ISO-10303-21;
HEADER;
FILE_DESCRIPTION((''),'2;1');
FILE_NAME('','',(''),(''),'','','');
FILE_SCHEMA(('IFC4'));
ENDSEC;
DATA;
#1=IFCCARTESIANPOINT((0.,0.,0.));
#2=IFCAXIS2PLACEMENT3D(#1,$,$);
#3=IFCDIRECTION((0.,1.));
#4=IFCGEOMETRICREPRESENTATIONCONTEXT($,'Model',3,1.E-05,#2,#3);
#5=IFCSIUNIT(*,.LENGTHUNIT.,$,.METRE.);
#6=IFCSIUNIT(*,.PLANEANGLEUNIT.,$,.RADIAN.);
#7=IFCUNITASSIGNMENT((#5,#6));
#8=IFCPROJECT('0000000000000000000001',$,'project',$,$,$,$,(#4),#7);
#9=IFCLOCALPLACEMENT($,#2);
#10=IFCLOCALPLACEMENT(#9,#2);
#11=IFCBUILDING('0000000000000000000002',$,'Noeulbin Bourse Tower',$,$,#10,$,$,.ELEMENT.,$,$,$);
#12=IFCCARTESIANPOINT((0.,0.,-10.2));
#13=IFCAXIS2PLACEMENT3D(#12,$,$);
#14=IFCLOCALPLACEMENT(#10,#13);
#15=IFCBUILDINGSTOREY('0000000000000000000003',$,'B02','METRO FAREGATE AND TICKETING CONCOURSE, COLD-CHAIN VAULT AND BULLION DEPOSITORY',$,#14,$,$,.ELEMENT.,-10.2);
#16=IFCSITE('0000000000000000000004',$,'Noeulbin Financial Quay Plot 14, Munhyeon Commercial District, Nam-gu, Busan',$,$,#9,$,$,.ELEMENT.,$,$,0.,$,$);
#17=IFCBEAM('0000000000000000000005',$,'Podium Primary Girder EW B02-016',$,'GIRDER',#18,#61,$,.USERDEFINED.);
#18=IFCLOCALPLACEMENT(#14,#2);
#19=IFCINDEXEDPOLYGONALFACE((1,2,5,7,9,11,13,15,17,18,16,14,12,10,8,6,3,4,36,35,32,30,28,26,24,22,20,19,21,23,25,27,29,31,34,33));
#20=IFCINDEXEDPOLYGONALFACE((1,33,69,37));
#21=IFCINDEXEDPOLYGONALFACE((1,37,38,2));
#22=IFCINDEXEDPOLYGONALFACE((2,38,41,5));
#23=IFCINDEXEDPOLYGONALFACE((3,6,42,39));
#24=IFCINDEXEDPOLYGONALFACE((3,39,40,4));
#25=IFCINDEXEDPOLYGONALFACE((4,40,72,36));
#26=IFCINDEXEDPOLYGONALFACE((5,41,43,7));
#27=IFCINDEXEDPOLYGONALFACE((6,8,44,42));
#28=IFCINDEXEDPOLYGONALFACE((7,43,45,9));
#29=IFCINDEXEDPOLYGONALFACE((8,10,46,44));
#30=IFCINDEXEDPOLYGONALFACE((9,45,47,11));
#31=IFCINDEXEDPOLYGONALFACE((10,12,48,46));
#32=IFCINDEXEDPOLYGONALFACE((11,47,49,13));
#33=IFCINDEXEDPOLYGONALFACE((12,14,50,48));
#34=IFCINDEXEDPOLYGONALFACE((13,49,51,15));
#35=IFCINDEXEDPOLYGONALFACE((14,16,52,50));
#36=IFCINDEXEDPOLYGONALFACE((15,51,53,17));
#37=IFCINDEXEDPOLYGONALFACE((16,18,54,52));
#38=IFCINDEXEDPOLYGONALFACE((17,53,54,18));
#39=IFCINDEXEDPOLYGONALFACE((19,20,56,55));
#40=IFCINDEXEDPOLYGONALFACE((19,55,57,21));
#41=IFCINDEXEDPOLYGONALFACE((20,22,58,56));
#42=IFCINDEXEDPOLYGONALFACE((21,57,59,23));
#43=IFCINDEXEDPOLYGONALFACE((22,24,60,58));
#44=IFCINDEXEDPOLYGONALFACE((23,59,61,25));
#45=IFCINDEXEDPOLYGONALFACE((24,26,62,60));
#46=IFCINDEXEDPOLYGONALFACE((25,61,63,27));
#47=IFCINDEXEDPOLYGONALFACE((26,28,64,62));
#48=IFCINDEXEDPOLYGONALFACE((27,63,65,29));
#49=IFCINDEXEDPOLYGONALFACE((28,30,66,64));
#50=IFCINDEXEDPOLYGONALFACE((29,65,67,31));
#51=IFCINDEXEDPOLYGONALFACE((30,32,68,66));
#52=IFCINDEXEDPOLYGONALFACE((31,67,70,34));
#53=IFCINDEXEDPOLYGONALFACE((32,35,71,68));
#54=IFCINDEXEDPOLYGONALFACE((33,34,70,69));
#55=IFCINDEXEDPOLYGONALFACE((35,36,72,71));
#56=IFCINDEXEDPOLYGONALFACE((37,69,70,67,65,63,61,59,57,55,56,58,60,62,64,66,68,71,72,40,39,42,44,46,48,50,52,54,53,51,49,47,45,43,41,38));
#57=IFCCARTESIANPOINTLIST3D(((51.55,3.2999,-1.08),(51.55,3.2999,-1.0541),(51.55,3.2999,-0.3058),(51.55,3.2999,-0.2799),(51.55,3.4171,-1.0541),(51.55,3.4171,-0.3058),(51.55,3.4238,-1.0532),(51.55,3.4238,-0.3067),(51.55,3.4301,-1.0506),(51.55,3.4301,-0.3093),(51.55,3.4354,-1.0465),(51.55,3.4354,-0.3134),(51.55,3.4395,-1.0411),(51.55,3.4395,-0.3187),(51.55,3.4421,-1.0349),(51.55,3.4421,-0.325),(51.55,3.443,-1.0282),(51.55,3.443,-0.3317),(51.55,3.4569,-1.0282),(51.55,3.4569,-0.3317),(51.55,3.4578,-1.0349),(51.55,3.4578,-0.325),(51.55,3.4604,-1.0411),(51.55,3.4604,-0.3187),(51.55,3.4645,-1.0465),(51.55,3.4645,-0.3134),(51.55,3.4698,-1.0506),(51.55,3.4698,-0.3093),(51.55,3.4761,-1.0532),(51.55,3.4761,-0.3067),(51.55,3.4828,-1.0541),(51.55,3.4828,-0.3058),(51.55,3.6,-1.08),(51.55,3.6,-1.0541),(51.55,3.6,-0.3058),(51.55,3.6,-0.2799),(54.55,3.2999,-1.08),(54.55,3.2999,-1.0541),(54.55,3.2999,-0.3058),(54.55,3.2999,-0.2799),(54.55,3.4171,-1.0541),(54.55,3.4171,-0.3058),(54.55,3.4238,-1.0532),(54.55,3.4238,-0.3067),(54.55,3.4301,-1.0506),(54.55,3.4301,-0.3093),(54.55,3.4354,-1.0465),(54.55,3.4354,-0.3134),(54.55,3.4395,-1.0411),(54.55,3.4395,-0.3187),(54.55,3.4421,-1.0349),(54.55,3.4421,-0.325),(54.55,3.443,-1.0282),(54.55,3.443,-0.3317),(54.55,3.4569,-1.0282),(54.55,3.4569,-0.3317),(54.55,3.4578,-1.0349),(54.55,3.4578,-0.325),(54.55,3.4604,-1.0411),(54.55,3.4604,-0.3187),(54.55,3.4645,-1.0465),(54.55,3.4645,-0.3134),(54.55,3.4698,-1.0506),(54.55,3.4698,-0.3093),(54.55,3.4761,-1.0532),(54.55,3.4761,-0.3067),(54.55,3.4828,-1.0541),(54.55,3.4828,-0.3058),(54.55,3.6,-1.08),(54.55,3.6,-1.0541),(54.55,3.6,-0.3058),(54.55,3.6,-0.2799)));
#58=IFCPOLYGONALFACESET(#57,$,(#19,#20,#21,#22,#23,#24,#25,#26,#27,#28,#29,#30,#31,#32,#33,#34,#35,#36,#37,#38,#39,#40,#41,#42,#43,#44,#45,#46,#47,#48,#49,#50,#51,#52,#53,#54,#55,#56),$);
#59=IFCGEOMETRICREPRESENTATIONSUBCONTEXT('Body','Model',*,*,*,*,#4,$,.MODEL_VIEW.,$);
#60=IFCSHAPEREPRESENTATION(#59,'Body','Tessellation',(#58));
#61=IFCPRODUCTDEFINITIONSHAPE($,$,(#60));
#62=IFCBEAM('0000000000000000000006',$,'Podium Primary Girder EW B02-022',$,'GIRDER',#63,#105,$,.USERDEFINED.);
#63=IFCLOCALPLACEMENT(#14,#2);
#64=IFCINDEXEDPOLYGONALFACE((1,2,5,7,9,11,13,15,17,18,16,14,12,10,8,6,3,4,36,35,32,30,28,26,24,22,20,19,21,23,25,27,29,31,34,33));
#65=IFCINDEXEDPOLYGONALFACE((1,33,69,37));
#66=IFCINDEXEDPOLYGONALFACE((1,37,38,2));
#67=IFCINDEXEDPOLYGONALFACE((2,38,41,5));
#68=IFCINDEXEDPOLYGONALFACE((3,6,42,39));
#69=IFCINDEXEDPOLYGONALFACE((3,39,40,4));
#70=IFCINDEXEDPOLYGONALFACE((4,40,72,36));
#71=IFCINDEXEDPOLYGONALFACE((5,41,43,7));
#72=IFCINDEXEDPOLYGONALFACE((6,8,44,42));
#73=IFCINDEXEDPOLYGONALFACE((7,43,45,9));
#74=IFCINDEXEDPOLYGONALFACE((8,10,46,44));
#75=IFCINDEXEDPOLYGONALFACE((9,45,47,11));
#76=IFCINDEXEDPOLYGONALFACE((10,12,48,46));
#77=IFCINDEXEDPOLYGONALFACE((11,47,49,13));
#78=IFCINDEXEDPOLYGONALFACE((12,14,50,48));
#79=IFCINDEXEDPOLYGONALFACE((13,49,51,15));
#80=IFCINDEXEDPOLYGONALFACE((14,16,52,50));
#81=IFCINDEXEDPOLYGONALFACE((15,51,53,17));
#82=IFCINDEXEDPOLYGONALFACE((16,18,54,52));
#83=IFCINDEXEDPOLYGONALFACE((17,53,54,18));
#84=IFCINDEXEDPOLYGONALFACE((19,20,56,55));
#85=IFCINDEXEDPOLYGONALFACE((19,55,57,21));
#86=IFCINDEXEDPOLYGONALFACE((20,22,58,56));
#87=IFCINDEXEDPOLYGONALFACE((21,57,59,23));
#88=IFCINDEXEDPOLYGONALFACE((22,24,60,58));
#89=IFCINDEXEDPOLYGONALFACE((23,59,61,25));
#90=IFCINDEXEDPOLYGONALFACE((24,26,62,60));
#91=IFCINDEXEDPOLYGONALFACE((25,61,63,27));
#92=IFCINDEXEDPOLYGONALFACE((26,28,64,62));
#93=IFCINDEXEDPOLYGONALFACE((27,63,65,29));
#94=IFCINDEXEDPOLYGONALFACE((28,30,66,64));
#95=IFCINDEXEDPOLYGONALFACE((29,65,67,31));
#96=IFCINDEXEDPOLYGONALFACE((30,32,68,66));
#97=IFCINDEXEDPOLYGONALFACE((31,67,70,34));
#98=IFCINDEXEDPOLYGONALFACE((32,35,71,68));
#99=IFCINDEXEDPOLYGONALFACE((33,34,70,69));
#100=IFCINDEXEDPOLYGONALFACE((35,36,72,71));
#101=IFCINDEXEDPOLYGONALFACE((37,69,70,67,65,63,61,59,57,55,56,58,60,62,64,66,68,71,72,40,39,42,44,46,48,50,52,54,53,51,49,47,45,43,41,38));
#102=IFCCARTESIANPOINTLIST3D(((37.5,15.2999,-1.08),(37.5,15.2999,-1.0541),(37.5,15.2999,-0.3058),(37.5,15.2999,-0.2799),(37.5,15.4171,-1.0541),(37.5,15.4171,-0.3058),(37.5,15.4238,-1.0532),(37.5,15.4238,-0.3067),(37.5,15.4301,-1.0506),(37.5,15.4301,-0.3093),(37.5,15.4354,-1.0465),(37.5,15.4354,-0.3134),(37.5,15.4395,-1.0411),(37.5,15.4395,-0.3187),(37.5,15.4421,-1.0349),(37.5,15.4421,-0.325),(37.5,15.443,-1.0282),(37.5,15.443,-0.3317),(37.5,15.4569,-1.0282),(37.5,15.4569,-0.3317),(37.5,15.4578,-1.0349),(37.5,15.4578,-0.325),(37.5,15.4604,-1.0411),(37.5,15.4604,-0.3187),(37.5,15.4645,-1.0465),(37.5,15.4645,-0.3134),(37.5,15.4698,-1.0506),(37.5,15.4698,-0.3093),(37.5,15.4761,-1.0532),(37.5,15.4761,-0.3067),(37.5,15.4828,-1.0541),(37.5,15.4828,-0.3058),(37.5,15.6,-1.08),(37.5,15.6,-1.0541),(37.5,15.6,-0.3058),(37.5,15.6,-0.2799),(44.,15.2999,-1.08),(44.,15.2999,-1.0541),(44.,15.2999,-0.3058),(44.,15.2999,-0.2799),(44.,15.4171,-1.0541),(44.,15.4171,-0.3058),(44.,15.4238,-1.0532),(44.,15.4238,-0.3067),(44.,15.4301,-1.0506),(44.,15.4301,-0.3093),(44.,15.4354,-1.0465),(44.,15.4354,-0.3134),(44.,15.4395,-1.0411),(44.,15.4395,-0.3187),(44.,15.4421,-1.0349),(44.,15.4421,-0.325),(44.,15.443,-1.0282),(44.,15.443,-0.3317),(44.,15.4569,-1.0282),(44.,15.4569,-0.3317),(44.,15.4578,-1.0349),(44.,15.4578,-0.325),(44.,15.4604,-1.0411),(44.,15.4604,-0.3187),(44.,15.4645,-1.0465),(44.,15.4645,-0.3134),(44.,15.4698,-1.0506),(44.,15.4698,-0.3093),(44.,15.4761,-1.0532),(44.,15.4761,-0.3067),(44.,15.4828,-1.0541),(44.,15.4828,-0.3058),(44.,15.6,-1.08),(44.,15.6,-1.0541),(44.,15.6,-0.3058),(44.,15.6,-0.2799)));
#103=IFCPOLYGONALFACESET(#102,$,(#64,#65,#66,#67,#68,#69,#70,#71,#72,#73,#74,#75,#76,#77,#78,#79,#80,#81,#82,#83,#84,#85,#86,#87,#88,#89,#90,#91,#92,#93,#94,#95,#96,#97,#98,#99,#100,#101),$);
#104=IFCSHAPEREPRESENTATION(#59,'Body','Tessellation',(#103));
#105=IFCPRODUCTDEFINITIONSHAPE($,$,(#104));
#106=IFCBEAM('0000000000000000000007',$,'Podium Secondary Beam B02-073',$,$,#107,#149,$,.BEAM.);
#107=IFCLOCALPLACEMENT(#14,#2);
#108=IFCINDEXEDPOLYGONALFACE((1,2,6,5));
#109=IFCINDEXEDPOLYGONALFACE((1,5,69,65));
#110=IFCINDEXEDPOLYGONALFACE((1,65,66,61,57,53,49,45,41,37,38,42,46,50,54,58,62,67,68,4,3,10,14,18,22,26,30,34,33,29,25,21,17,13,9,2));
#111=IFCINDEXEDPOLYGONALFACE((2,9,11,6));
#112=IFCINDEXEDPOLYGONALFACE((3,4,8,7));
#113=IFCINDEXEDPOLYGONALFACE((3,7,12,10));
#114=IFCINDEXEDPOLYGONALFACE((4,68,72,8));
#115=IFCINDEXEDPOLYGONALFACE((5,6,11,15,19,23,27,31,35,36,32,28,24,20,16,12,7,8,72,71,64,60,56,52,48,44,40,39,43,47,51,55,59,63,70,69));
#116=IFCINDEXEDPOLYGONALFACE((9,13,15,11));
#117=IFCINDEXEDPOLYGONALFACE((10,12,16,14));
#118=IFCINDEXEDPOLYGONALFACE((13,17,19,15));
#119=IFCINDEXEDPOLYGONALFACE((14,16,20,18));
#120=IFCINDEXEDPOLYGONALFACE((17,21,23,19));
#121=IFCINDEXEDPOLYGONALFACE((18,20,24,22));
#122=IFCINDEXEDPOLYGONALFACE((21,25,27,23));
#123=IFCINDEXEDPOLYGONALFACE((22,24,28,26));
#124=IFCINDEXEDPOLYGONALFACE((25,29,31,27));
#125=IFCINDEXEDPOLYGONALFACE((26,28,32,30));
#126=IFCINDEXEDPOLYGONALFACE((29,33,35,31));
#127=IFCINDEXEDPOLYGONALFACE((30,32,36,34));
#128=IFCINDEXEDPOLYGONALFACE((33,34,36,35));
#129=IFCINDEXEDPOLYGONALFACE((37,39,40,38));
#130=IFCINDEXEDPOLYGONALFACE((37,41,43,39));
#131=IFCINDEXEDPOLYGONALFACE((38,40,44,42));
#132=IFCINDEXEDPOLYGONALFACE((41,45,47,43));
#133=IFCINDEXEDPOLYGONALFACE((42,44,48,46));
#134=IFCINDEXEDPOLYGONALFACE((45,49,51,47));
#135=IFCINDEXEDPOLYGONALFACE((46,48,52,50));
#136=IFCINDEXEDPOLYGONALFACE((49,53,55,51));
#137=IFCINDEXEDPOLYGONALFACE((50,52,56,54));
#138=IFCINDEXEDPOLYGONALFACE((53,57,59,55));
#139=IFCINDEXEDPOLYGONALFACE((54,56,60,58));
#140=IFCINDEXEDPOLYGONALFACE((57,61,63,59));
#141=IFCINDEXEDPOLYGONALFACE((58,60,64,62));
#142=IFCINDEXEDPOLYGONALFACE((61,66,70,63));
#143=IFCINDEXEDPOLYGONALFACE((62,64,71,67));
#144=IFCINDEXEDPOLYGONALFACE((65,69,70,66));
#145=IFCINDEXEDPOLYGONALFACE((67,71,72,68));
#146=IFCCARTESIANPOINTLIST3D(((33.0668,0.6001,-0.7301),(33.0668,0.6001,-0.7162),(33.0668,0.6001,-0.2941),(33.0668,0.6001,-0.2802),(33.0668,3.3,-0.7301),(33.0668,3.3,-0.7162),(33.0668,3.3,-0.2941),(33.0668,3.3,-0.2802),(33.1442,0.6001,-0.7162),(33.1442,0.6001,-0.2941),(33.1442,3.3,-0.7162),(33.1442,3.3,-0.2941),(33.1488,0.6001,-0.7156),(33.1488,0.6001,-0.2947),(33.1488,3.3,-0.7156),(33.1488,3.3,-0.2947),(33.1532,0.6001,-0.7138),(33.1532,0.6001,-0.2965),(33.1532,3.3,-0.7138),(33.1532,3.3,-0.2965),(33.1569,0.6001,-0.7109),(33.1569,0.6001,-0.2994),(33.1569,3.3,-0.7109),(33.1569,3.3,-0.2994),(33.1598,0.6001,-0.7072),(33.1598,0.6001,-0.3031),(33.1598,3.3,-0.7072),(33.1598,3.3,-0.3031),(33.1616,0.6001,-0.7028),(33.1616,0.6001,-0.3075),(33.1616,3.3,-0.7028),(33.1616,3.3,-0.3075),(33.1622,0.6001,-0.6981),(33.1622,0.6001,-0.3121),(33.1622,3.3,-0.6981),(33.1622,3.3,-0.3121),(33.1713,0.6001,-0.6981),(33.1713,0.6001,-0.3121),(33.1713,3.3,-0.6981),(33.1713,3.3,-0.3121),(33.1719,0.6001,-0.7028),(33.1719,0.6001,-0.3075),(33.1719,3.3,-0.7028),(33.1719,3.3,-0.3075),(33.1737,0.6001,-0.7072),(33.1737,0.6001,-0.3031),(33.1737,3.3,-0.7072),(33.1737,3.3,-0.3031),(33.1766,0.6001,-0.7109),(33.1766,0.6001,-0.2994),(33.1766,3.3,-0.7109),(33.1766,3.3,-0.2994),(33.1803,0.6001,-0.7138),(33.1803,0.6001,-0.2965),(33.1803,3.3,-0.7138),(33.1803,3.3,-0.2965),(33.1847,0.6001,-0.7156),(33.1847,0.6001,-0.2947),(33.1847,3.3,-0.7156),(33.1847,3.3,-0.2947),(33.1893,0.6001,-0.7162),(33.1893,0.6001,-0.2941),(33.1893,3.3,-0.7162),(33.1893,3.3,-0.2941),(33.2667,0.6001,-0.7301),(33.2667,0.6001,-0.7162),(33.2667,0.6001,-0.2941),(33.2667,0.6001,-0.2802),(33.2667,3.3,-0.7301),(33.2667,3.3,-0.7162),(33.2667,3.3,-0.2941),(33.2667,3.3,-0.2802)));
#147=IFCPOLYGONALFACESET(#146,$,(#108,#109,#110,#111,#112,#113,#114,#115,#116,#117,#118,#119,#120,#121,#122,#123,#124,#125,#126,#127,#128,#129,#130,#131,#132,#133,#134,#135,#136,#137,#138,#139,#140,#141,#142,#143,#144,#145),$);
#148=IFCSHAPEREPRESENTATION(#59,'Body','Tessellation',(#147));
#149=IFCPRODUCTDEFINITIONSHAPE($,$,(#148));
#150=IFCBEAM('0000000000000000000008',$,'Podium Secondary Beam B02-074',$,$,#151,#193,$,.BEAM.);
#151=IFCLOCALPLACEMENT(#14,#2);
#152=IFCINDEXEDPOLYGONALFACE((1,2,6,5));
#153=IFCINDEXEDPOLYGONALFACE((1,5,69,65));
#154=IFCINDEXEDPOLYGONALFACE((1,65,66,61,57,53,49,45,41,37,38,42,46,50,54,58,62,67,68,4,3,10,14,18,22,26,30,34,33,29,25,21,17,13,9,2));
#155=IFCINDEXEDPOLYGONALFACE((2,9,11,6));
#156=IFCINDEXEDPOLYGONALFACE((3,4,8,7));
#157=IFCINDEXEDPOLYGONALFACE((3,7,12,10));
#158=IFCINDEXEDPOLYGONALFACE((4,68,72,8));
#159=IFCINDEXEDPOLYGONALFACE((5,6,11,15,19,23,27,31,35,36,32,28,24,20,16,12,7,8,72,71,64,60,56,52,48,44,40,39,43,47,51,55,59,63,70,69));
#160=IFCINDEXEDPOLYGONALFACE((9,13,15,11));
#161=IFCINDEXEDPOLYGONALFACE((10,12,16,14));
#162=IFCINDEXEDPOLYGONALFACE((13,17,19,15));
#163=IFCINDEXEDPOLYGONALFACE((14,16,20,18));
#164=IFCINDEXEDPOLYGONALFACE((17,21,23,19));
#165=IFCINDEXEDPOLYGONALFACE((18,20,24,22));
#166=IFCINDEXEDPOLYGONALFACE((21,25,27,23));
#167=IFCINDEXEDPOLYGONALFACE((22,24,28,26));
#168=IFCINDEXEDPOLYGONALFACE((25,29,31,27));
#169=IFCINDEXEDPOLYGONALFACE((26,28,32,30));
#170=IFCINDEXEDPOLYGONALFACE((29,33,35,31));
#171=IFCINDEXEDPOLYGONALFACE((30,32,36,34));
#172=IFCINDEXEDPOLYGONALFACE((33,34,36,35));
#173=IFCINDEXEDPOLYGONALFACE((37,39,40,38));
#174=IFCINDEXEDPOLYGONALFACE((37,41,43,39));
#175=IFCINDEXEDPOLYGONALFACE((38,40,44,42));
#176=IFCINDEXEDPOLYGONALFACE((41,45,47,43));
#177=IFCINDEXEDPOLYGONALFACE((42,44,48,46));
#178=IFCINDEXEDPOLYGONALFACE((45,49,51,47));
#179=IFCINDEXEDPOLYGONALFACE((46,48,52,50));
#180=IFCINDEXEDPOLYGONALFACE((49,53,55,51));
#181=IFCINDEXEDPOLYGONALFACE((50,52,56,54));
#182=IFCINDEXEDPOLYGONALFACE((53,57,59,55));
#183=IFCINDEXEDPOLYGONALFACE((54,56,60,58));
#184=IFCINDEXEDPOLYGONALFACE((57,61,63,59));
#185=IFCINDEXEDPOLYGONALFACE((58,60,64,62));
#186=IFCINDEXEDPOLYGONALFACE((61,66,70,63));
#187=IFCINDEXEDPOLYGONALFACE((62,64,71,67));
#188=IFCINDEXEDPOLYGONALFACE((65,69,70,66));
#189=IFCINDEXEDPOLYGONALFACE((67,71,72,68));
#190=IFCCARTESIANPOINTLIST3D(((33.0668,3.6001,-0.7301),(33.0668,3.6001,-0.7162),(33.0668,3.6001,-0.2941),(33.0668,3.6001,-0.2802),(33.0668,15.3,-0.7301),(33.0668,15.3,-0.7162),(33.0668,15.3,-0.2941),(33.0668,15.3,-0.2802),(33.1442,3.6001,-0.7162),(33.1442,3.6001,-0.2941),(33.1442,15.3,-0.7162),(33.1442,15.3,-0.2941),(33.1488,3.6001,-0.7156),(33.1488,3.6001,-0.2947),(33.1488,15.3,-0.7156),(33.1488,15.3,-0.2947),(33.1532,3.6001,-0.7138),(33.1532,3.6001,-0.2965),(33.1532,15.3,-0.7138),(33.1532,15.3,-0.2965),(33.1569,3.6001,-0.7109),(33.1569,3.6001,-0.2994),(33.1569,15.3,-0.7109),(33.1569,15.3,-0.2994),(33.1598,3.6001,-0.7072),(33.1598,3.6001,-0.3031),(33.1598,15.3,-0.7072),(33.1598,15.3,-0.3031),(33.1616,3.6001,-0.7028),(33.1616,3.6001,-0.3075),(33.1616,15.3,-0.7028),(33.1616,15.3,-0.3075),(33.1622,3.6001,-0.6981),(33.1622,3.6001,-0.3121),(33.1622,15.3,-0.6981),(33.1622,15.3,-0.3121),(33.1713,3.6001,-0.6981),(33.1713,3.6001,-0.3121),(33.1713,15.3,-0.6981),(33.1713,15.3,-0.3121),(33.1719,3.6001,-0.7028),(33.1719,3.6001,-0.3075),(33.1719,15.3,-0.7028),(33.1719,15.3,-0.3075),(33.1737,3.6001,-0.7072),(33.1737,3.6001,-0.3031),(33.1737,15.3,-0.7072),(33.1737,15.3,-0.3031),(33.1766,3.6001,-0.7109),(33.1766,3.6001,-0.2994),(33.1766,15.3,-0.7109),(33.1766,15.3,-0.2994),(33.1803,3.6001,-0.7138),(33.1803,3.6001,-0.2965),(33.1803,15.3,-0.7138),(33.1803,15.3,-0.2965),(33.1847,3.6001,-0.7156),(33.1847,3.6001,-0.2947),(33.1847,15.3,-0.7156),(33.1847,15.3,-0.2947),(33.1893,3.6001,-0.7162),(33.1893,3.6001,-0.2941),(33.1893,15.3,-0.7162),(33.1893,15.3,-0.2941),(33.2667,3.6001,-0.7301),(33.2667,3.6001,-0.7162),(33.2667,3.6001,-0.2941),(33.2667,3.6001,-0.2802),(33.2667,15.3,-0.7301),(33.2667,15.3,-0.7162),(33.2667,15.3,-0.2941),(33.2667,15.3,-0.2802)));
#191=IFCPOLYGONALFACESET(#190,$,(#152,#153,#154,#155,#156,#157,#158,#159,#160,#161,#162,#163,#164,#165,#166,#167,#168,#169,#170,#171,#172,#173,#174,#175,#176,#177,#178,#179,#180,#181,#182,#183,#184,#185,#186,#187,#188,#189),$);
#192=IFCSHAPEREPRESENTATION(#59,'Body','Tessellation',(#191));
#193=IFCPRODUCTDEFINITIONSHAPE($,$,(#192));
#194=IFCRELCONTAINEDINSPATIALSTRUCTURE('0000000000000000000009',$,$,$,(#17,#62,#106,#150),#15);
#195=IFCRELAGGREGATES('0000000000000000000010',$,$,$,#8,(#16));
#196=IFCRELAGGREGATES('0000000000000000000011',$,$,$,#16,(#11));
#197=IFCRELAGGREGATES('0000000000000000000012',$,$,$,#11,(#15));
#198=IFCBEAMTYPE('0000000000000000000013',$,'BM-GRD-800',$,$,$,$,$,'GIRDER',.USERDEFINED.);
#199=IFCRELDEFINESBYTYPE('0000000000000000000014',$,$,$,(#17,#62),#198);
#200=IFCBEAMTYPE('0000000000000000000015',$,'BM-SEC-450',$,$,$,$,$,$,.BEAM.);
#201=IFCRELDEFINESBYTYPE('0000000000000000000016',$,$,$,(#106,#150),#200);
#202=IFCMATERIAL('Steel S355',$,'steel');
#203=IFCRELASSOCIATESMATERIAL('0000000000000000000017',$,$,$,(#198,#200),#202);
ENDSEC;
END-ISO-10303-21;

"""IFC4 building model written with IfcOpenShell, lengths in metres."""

from ifc_helpers import new_model, si_unit, direction, frame, origin, origin_2d, place, context, subcontext, project, spatial, i_section, extrude, material, material_profile, profile_set, type_object, element, save


model = new_model("IFC4")

# Units and contexts
model_context = context("Model", 3, precision=1e-05, world=origin(), true_north=direction((0.0, 1.0)))
body_context = subcontext(model_context, "Body", "Model", "MODEL_VIEW")
ifc_project = project(units=[si_unit("LENGTHUNIT", "METRE"), si_unit("PLANEANGLEUNIT", "RADIAN")], contexts=[model_context])

# Site, building, storey
site_placement = place(None, origin())
site = spatial("IfcSite", under=ifc_project, at=site_placement, Name="Noeulbin Financial Quay Plot 14, Munhyeon Commercial District, Nam-gu, Busan", CompositionType="ELEMENT", RefElevation=0.0)
building_placement = place(site_placement, origin())
building = spatial("IfcBuilding", under=site, at=building_placement, Name="Noeulbin Bourse Tower", CompositionType="ELEMENT")
storey_placement = place(building_placement, frame((0.0, 0.0, -10.2)))
storey = spatial("IfcBuildingStorey", under=building, at=storey_placement, Name="B02", Description="METRO FAREGATE AND TICKETING CONCOURSE, COLD-CHAIN VAULT AND BULLION DEPOSITORY", CompositionType="ELEMENT", Elevation=-10.2)

# Beams
ifc_material_1 = material(Name="Steel S355", Category="steel")
ifc_material_profile_1 = material_profile(ifc_material_1, i_section(OverallWidth=0.3, OverallDepth=0.8, WebThickness=0.0139, FlangeThickness=0.0259, FilletRadius=0.0259, at=origin_2d()), Name="H-800x300x14x26", Category="LoadBearing")
ifc_profile_set_1 = profile_set([ifc_material_profile_1], Name="Steel S355")
beam_type_1 = type_object("IfcBeamType", Name="BM-GRD-800", ElementType="GIRDER", PredefinedType="USERDEFINED", material=ifc_profile_set_1)
beam_1_placement = place(storey_placement, frame((51.55, 3.45, -0.6799), z_axis=(1.0, 0.0, 0.0), x_axis=(0.0, 1.0, 0.0)))
element("IfcBeam", 1, at=beam_1_placement, inside=storey, type_object=beam_type_1, Name="Podium Primary Girder EW B02-016", ObjectType="GIRDER", PredefinedType="USERDEFINED", context=body_context, shape_type="SweptSolid", body=[
    extrude(i_section(OverallWidth=0.3, OverallDepth=0.8, WebThickness=0.0139, FlangeThickness=0.0259, FilletRadius=0.0259, at=origin_2d()), origin(), (0.0, 0.0, 1.0), 3.0),
])
beam_2_placement = place(storey_placement, frame((37.5, 15.45, -0.6799), z_axis=(1.0, 0.0, 0.0), x_axis=(0.0, 1.0, 0.0)))
element("IfcBeam", 2, at=beam_2_placement, inside=storey, type_object=beam_type_1, Name="Podium Primary Girder EW B02-022", ObjectType="GIRDER", PredefinedType="USERDEFINED", context=body_context, shape_type="SweptSolid", body=[
    extrude(i_section(OverallWidth=0.3, OverallDepth=0.8, WebThickness=0.0139, FlangeThickness=0.0259, FilletRadius=0.0259, at=origin_2d()), origin(), (0.0, 0.0, 1.0), 6.5),
])
ifc_material_profile_2 = material_profile(ifc_material_1, i_section(OverallWidth=0.2, OverallDepth=0.45, WebThickness=0.009, FlangeThickness=0.0139, FilletRadius=0.0181, at=origin_2d()), Name="H-450x200x9x14", Category="LoadBearing")
ifc_profile_set_2 = profile_set([ifc_material_profile_2], Name="Steel S355")
beam_type_2 = type_object("IfcBeamType", Name="BM-SEC-450", PredefinedType="BEAM", material=ifc_profile_set_2)
beam_3_placement = place(storey_placement, frame((33.1667, 0.6001, -0.5051), z_axis=(0.0, 1.0, 0.0), x_axis=(-1.0, 0.0, 0.0)))
element("IfcBeam", 3, at=beam_3_placement, inside=storey, type_object=beam_type_2, Name="Podium Secondary Beam B02-073", PredefinedType="BEAM", context=body_context, shape_type="SweptSolid", body=[
    extrude(i_section(OverallWidth=0.2, OverallDepth=0.45, WebThickness=0.009, FlangeThickness=0.0139, FilletRadius=0.0181, at=origin_2d()), origin(), (0.0, 0.0, 1.0), 2.7),
])
beam_4_placement = place(storey_placement, frame((33.1667, 3.6001, -0.5051), z_axis=(0.0, 1.0, 0.0), x_axis=(-1.0, 0.0, 0.0)))
element("IfcBeam", 4, at=beam_4_placement, inside=storey, type_object=beam_type_2, Name="Podium Secondary Beam B02-074", PredefinedType="BEAM", context=body_context, shape_type="SweptSolid", body=[
    extrude(i_section(OverallWidth=0.2, OverallDepth=0.45, WebThickness=0.009, FlangeThickness=0.0139, FilletRadius=0.0181, at=origin_2d()), origin(), (0.0, 0.0, 1.0), 11.7),
])

save(model, "model.ifc")
